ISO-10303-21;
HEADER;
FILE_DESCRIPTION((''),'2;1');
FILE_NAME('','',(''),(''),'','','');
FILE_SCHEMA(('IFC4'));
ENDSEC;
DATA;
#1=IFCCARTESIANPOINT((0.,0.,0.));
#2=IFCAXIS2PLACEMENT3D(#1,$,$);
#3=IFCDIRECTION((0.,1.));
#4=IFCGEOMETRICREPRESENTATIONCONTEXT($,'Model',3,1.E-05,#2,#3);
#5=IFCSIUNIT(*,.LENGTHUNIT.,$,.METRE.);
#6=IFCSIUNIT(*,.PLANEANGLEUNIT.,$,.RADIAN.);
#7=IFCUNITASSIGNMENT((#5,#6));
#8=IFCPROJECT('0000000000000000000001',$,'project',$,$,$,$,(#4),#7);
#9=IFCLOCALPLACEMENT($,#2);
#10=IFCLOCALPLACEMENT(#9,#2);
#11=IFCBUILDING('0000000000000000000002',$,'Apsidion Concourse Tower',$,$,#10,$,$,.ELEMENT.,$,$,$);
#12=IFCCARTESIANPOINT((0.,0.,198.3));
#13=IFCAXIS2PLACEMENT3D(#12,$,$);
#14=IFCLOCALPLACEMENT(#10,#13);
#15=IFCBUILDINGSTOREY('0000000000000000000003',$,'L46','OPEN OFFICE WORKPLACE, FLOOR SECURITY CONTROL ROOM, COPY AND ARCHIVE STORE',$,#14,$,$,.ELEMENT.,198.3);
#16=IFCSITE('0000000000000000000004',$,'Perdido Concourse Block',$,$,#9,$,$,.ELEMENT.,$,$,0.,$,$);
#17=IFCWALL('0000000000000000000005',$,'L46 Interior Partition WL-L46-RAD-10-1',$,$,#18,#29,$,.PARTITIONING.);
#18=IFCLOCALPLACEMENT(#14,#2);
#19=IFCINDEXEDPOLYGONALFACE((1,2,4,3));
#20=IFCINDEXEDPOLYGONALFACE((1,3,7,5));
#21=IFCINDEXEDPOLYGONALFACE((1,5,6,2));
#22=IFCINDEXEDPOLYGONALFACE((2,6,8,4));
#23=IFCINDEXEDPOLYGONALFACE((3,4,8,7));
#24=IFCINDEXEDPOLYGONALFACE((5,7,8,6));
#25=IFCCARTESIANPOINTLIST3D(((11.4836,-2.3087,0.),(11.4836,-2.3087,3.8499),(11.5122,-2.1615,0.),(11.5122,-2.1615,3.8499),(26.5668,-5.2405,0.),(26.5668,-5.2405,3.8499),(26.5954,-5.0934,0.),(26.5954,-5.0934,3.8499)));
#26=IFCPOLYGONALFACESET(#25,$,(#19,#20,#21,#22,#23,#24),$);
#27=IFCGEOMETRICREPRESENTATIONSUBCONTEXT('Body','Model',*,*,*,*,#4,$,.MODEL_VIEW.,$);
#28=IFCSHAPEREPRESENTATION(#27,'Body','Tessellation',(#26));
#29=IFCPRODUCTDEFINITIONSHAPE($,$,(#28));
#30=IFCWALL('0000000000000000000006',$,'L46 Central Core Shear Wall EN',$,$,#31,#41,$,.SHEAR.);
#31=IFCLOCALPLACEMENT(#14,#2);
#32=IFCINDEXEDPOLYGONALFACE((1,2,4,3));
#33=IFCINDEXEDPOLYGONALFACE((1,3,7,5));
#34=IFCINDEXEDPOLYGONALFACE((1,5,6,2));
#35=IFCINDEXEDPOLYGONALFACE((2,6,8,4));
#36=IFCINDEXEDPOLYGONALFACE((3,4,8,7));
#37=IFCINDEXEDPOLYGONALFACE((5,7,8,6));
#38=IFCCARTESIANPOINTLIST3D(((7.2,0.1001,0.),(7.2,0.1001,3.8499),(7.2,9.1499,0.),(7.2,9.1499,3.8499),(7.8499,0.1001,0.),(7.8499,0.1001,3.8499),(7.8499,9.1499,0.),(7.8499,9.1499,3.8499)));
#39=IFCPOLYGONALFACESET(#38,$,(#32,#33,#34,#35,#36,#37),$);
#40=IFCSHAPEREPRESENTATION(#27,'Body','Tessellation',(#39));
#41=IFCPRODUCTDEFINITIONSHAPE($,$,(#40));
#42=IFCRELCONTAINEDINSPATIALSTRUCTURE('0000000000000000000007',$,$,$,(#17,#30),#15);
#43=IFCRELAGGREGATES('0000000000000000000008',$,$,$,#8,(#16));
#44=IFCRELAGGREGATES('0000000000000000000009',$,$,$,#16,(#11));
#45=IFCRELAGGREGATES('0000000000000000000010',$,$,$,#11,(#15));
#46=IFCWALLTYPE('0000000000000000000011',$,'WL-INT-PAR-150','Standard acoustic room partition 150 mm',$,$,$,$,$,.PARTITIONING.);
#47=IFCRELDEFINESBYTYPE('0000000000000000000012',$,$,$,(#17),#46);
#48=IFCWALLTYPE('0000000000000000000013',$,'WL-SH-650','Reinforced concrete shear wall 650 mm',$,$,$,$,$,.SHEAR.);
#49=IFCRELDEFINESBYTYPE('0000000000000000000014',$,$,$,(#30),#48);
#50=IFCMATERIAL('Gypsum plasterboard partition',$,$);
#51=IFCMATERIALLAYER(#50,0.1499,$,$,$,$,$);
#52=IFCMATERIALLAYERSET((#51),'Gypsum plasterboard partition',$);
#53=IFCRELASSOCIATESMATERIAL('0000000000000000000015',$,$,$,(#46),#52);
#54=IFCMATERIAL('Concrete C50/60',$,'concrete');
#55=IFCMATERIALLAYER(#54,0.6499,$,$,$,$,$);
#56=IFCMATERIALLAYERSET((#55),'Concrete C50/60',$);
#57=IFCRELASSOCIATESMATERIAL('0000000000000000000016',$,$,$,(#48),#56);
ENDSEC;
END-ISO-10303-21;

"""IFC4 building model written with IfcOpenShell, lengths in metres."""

from ifc_helpers import new_model, si_unit, direction, frame, frame_2d, origin, place, context, subcontext, project, spatial, rectangle, extrude, material, layer, layer_set, type_object, element, save


model = new_model("IFC4")

# Units and contexts
model_context = context("Model", 3, precision=1e-05, world=origin(), true_north=direction((0.0, 1.0)))
body_context = subcontext(model_context, "Body", "Model", "MODEL_VIEW")
ifc_project = project(units=[si_unit("LENGTHUNIT", "METRE"), si_unit("PLANEANGLEUNIT", "RADIAN")], contexts=[model_context])

# Site, building, storey
site_placement = place(None, origin())
site = spatial("IfcSite", under=ifc_project, at=site_placement, Name="Perdido Concourse Block", CompositionType="ELEMENT", RefElevation=0.0)
building_placement = place(site_placement, origin())
building = spatial("IfcBuilding", under=site, at=building_placement, Name="Apsidion Concourse Tower", CompositionType="ELEMENT")
storey_placement = place(building_placement, frame((0.0, 0.0, 198.3)))
storey = spatial("IfcBuildingStorey", under=building, at=storey_placement, Name="L46", Description="OPEN OFFICE WORKPLACE, FLOOR SECURITY CONTROL ROOM, COPY AND ARCHIVE STORE", CompositionType="ELEMENT", Elevation=198.3)

# Shared definitions
ifc_material_1 = material(Name="Gypsum plasterboard partition")
ifc_layer_1 = layer(ifc_material_1, 0.1499)
ifc_layer_set_1 = layer_set([ifc_layer_1], Name="Gypsum plasterboard partition")
wall_type_1 = type_object("IfcWallType", Name="WL-INT-PAR-150", Description="Standard acoustic room partition 150 mm", PredefinedType="PARTITIONING", material=ifc_layer_set_1)

# Walls
wall_1_placement = place(storey_placement, frame((11.498, -2.2351, 0.0), z_axis=(0.0, 0.0, 1.0), x_axis=(0.981627, -0.190809, 0.0)))
element("IfcWall", 1, at=wall_1_placement, inside=storey, type_object=wall_type_1, Name="L46 Interior Partition WL-L46-RAD-10-1", PredefinedType="PARTITIONING", context=body_context, shape_type="SweptSolid", body=[
    extrude(rectangle(XDim=15.3655, YDim=0.1499, at=frame_2d((7.6826, 0.0))), origin(), (0.0, 0.0, 1.0), 3.8499),
])
ifc_material_2 = material(Name="Concrete C50/60", Category="concrete")
ifc_layer_2 = layer(ifc_material_2, 0.6499)
ifc_layer_set_2 = layer_set([ifc_layer_2], Name="Concrete C50/60")
wall_type_2 = type_object("IfcWallType", Name="WL-SH-650", Description="Reinforced concrete shear wall 650 mm", PredefinedType="SHEAR", material=ifc_layer_set_2)
wall_2_placement = place(storey_placement, frame((7.5249, 0.1001, 0.0), z_axis=(0.0, 0.0, 1.0), x_axis=(0.0, 1.0, 0.0)))
element("IfcWall", 2, at=wall_2_placement, inside=storey, type_object=wall_type_2, Name="L46 Central Core Shear Wall EN", PredefinedType="SHEAR", context=body_context, shape_type="SweptSolid", body=[
    extrude(rectangle(XDim=9.0498, YDim=0.6499, at=frame_2d((4.5249, 0.0))), origin(), (0.0, 0.0, 1.0), 3.8499),
])

save(model, "model.ifc")
